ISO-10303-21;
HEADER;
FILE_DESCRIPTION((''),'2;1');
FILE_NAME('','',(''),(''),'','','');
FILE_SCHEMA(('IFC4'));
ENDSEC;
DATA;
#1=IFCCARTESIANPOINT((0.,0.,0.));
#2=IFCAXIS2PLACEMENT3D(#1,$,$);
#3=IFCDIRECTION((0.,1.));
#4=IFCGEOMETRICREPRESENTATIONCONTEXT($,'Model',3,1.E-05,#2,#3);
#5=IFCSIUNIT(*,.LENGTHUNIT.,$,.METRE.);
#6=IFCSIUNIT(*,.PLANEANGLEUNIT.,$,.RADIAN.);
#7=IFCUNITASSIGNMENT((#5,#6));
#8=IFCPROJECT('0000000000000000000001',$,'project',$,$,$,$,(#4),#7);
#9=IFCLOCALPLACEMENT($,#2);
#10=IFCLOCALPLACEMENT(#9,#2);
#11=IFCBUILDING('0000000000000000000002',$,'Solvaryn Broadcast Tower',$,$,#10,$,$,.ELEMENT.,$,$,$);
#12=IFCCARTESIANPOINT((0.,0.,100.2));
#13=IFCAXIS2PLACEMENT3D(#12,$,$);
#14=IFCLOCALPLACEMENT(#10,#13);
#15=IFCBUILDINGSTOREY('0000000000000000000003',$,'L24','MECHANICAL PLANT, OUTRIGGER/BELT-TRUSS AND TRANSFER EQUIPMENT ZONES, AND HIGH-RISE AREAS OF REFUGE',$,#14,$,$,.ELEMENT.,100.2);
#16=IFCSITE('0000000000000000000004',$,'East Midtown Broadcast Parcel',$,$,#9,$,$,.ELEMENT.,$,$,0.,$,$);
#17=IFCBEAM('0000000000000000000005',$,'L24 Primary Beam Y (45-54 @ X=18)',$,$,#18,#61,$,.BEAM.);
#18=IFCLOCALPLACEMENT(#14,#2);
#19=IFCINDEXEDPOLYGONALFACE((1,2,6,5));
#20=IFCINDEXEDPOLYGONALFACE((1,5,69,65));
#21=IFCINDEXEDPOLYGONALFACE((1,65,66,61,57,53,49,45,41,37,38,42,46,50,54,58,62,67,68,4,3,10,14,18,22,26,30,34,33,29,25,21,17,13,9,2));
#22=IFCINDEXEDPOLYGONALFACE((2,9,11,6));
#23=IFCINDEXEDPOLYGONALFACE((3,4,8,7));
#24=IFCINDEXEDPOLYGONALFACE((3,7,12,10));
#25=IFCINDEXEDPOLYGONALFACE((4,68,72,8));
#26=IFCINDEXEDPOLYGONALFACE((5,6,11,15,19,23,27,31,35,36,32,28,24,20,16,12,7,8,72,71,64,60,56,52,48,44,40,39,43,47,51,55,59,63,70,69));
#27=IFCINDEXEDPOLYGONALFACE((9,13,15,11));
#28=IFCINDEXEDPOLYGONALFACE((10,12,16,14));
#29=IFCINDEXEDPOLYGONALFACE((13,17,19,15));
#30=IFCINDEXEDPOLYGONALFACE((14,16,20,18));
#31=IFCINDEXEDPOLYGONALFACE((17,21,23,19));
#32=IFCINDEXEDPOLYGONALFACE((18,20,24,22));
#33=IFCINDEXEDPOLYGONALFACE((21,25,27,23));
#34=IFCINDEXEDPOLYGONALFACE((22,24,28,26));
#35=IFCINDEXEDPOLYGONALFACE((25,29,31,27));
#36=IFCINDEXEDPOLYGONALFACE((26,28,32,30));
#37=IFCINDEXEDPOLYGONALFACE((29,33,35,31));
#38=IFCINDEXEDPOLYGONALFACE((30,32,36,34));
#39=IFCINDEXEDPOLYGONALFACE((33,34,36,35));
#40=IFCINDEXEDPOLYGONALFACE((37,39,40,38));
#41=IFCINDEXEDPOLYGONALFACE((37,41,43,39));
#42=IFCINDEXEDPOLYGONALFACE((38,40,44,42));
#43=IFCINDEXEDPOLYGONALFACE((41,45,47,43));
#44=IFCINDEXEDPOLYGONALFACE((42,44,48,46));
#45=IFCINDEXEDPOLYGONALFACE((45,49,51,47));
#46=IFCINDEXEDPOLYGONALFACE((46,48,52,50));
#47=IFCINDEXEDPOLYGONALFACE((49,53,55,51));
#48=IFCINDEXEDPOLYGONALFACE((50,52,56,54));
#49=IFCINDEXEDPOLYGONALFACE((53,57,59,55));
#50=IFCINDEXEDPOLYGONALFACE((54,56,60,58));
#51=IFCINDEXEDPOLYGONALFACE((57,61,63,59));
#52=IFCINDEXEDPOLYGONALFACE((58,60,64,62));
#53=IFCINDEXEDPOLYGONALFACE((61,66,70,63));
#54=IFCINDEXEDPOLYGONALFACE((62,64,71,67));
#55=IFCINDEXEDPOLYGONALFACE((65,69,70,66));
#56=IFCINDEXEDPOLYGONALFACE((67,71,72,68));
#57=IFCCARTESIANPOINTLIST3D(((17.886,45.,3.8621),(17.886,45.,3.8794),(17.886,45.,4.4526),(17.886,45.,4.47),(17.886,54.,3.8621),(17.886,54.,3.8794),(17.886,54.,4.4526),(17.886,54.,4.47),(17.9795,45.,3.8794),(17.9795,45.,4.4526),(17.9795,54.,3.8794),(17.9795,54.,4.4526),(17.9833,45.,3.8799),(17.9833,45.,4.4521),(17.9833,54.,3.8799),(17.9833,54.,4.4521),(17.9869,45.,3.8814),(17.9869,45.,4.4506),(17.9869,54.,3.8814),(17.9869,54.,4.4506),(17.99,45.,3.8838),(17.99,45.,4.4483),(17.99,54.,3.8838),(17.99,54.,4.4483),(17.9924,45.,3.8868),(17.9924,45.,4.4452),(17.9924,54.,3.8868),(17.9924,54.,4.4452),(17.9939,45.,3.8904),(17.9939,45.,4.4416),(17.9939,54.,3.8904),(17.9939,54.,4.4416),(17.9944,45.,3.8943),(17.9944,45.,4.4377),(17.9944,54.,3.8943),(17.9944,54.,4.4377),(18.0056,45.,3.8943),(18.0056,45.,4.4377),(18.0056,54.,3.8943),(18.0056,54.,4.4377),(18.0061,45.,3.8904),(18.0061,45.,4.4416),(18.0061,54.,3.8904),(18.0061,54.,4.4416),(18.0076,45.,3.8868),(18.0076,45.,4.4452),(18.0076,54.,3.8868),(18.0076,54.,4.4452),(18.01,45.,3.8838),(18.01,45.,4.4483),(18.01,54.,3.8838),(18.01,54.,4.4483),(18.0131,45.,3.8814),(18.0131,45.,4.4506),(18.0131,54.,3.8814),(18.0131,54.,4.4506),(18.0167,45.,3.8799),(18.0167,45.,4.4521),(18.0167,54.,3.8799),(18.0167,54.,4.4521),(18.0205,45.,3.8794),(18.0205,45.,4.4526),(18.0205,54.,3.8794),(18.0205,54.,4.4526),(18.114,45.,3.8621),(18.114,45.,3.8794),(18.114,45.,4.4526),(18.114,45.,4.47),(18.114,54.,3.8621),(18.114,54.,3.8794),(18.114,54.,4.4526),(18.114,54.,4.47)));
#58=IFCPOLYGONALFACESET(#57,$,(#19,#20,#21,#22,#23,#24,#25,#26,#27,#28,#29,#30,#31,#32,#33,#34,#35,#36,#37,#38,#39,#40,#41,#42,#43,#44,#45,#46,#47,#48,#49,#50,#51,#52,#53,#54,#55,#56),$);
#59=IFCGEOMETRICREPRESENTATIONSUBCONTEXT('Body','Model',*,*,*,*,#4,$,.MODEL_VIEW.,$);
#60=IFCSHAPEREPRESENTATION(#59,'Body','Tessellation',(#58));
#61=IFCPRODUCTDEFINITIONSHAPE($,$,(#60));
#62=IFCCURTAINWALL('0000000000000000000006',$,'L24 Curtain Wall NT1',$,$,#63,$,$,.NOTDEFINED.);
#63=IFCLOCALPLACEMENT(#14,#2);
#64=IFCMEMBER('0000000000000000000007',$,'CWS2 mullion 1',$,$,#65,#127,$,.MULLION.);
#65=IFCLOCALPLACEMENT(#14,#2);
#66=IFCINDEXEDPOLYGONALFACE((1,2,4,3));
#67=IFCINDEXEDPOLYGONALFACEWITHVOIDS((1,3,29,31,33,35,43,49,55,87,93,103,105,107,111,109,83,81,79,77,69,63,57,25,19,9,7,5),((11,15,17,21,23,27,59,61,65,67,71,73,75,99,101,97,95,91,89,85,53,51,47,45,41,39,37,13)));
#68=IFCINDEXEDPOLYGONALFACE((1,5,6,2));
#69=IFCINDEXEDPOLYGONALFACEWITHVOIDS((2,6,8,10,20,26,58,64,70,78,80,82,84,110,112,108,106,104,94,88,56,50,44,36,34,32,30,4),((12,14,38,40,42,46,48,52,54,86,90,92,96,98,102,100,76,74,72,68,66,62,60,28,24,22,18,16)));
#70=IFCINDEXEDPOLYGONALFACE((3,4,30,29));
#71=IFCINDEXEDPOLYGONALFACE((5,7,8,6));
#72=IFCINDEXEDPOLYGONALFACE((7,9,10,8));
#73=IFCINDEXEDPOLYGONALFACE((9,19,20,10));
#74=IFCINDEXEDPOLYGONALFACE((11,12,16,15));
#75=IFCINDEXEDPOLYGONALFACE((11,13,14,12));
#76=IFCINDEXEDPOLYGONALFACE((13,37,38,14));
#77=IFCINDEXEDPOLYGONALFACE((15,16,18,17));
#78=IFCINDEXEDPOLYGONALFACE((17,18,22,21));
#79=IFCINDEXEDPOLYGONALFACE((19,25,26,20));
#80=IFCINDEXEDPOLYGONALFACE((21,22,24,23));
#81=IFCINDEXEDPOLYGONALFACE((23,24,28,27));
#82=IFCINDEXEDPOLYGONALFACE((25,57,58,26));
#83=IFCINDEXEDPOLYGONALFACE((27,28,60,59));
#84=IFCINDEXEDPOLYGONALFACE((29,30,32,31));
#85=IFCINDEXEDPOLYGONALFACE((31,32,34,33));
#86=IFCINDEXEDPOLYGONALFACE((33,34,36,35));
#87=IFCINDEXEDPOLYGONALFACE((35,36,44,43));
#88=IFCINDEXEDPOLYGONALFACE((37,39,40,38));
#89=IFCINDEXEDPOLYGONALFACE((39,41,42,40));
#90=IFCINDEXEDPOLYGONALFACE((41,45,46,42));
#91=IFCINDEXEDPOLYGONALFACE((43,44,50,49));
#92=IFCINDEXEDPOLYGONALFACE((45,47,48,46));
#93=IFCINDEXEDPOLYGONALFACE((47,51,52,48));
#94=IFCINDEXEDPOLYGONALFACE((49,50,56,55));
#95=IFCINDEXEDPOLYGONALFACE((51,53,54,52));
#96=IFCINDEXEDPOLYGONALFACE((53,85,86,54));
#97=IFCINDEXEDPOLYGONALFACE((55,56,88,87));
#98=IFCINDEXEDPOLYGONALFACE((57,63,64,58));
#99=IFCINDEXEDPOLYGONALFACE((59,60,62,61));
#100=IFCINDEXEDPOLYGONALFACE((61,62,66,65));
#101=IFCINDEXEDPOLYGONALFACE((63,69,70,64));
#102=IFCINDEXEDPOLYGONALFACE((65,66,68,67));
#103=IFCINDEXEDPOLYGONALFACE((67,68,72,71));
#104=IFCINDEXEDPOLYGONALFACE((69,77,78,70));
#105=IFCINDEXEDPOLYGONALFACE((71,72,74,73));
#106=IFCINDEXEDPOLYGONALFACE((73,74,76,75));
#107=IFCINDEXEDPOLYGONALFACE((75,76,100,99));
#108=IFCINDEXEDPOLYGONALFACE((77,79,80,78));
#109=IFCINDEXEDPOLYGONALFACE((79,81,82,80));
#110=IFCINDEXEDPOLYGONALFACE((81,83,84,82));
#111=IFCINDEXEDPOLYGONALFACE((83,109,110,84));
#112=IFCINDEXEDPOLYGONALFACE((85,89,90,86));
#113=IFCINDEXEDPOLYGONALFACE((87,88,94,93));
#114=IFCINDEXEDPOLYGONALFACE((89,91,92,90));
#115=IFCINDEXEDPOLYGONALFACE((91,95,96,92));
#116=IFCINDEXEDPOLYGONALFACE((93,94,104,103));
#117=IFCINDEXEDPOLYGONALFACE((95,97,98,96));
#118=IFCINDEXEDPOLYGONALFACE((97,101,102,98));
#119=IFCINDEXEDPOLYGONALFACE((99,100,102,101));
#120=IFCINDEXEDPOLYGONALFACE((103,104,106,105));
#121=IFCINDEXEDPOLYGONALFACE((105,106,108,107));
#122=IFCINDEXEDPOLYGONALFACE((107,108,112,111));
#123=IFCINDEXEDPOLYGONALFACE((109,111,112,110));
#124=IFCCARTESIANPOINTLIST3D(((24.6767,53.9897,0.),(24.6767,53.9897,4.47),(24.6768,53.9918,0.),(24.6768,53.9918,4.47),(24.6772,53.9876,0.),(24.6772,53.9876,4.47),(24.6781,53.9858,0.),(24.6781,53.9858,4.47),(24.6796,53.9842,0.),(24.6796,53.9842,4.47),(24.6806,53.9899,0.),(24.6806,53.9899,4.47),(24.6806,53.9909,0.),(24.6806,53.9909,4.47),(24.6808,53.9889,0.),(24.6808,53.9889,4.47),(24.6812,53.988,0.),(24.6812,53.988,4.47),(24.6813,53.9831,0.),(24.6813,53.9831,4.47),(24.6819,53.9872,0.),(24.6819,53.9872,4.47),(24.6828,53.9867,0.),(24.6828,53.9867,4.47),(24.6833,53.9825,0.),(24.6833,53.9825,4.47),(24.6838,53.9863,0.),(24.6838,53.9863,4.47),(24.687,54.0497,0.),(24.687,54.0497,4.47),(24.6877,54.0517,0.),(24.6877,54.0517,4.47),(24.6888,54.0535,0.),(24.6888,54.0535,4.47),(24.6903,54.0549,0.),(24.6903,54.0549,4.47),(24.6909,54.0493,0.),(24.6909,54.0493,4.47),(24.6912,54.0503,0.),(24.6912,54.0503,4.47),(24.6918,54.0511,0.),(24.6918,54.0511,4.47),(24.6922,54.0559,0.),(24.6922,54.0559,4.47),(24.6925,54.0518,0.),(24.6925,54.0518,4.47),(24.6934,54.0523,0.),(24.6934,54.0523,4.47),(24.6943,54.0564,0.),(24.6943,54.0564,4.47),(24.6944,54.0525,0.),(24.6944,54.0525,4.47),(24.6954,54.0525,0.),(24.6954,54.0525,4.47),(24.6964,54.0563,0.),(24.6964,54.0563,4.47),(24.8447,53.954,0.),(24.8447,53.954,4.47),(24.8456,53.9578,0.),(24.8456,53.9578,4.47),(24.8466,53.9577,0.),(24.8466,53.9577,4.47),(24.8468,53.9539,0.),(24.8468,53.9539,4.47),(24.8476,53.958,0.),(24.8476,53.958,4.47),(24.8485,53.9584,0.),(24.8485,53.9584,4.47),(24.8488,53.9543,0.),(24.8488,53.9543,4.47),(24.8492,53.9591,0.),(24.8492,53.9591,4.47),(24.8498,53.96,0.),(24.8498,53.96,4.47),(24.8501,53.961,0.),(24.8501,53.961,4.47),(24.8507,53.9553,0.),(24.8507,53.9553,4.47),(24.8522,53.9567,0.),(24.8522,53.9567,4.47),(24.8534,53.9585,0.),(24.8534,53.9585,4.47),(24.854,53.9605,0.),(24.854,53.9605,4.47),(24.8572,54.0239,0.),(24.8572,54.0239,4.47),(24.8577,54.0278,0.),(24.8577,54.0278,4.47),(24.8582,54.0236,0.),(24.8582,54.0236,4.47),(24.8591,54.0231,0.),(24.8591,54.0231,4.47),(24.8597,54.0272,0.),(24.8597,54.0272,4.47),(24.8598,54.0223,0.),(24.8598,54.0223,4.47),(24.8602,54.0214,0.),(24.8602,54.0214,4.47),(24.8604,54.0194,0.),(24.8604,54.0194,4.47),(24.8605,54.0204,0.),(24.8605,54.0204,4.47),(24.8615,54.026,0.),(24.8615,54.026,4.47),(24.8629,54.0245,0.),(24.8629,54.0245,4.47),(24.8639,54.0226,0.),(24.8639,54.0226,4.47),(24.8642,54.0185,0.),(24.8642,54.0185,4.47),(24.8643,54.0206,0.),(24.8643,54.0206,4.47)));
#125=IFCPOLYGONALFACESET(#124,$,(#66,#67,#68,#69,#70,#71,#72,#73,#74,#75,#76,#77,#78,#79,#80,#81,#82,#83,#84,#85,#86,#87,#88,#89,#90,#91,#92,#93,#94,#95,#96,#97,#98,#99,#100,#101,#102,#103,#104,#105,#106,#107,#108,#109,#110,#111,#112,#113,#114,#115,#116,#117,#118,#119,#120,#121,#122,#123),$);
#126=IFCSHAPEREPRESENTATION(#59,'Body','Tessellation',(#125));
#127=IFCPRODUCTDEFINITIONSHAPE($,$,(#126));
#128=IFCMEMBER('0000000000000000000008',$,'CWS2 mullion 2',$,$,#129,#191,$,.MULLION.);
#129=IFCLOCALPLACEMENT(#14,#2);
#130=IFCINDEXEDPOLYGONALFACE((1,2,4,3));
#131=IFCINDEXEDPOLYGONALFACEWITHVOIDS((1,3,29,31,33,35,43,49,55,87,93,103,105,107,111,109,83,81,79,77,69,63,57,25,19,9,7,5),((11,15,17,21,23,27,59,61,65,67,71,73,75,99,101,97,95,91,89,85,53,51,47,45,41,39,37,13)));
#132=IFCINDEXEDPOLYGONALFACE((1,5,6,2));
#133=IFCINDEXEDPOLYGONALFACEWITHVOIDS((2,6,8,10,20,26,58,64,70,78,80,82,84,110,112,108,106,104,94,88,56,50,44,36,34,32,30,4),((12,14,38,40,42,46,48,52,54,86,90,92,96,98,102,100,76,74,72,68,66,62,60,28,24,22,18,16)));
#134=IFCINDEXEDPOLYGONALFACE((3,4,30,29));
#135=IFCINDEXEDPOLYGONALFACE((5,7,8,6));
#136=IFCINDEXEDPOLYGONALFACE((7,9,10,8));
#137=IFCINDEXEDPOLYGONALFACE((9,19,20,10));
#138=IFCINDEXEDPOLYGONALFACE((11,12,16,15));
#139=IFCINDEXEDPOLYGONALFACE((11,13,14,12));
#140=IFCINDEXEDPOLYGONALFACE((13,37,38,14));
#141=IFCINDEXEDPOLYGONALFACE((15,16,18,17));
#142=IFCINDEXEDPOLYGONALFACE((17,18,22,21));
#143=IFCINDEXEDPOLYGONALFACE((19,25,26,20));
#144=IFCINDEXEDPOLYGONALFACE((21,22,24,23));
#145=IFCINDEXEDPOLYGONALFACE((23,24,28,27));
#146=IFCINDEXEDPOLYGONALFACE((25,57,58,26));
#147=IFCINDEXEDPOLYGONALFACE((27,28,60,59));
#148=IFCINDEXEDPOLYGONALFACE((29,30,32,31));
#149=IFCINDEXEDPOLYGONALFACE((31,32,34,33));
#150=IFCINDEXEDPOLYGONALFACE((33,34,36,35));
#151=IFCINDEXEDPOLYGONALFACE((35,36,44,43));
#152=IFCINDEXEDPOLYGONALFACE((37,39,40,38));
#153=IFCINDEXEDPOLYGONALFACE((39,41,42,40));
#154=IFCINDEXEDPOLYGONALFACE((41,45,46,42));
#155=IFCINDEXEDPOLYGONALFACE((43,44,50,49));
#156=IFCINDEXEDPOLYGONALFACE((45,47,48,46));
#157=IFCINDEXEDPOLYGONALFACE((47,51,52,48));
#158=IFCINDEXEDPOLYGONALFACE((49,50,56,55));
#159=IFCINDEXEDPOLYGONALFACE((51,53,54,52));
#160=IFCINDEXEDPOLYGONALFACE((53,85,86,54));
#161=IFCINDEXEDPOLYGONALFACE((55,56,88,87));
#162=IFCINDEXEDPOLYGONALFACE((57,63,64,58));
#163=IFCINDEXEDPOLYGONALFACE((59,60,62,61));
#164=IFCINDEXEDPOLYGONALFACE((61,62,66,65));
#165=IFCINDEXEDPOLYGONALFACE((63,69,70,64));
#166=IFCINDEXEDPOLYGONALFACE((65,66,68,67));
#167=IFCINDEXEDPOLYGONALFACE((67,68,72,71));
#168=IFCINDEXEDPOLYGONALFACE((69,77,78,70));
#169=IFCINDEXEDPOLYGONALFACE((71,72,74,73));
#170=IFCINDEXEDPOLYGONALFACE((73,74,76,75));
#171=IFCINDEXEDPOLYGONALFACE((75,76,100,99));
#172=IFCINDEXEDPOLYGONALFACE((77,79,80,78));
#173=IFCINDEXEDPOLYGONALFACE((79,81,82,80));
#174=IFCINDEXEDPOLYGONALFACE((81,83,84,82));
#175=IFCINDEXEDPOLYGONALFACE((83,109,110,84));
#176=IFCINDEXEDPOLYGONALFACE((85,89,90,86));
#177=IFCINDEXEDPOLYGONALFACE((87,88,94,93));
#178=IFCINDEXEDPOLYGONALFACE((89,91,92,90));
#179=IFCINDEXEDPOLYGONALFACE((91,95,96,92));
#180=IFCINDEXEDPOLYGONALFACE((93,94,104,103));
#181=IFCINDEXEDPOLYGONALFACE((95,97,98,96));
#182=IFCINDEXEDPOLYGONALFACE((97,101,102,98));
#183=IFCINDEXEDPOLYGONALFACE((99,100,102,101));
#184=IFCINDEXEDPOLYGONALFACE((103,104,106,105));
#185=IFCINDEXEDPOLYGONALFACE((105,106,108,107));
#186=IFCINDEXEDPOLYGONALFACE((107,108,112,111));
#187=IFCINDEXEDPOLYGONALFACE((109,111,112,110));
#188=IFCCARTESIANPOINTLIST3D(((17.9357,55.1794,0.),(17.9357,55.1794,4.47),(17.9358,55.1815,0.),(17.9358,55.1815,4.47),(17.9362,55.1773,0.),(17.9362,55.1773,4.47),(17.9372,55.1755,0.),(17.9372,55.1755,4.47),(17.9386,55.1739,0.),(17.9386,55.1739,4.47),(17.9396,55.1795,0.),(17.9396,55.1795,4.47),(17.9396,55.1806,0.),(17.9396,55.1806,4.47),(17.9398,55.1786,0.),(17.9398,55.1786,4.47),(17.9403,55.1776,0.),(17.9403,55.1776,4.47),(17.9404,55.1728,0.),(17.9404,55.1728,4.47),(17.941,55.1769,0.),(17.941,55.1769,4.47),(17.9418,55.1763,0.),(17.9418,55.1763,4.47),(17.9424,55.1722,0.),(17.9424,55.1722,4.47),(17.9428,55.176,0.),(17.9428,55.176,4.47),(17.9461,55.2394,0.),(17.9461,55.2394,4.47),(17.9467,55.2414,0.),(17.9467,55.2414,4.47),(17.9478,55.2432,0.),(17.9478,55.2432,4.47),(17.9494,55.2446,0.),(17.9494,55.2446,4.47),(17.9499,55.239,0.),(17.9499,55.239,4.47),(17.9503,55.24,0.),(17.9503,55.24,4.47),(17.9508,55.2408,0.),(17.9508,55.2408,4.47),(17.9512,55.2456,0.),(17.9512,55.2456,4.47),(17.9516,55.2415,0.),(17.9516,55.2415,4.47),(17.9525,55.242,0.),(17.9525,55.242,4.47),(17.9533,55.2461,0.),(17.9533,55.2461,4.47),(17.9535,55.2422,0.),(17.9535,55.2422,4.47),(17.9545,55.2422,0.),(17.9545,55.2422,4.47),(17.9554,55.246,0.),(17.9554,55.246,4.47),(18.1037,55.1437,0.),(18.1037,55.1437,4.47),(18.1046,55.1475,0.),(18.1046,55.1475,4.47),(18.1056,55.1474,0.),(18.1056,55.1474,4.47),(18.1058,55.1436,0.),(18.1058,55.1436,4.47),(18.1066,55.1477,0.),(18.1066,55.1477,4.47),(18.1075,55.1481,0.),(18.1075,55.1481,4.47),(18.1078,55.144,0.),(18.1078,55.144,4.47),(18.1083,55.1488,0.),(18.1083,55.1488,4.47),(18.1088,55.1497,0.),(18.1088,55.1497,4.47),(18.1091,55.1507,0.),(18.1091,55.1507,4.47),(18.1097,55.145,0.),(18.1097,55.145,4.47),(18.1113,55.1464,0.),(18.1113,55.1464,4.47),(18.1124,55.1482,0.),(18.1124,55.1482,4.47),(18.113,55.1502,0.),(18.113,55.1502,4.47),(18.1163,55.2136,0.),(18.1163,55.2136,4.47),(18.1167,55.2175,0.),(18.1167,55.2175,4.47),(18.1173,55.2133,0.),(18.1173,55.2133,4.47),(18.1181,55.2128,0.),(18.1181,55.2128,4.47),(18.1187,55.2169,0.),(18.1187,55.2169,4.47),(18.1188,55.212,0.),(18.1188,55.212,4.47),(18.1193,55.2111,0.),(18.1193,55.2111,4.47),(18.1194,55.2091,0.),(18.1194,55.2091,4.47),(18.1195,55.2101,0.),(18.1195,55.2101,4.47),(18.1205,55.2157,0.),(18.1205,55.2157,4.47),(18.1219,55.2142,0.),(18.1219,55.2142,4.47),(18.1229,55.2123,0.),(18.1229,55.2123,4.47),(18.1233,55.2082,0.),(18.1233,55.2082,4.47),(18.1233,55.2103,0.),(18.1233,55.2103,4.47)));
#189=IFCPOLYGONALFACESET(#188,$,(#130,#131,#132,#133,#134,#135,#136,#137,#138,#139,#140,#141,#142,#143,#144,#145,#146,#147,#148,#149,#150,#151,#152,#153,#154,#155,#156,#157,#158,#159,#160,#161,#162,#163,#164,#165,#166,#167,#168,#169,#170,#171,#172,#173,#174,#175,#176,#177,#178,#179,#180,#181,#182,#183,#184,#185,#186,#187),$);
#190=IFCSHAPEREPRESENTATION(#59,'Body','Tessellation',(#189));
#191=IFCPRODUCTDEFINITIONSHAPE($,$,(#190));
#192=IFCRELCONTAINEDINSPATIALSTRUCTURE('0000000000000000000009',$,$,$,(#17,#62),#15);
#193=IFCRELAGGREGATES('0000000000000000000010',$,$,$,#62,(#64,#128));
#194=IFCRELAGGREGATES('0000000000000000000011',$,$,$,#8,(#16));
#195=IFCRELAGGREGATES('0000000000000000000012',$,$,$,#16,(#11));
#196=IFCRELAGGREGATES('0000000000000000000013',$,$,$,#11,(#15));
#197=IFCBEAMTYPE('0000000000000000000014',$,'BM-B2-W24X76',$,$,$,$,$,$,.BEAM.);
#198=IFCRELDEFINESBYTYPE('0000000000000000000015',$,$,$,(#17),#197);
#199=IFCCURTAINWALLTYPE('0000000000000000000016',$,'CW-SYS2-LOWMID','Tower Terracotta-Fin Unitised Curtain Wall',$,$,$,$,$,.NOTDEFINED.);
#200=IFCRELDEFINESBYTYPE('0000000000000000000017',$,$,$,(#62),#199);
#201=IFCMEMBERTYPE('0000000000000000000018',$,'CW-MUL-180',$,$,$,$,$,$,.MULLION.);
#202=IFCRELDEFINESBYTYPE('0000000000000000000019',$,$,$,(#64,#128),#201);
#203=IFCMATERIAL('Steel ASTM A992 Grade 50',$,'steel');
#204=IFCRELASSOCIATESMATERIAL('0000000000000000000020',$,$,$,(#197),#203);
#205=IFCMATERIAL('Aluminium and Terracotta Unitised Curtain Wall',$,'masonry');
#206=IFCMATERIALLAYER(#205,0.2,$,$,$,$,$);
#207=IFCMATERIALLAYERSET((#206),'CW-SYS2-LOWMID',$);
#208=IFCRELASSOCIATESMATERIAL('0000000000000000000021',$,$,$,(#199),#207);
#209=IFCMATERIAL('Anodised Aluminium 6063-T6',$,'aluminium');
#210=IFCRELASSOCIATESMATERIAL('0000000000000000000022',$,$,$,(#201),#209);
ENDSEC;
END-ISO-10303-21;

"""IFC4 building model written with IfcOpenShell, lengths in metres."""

from ifc_helpers import new_model, si_unit, direction, frame, origin, origin_2d, place, context, subcontext, project, spatial, hollow_rectangle, i_section, extrude, material, layer, layer_set, material_profile, profile_set, type_object, element, aggregate, save


model = new_model("IFC4")

# Units and contexts
model_context = context("Model", 3, precision=1e-05, world=origin(), true_north=direction((0.0, 1.0)))
body_context = subcontext(model_context, "Body", "Model", "MODEL_VIEW")
ifc_project = project(units=[si_unit("LENGTHUNIT", "METRE"), si_unit("PLANEANGLEUNIT", "RADIAN")], contexts=[model_context])

# Site, building, storey
site_placement = place(None, origin())
site = spatial("IfcSite", under=ifc_project, at=site_placement, Name="East Midtown Broadcast Parcel", CompositionType="ELEMENT", RefElevation=0.0)
building_placement = place(site_placement, origin())
building = spatial("IfcBuilding", under=site, at=building_placement, Name="Solvaryn Broadcast Tower", CompositionType="ELEMENT")
storey_placement = place(building_placement, frame((0.0, 0.0, 100.2)))
storey = spatial("IfcBuildingStorey", under=building, at=storey_placement, Name="L24", Description="MECHANICAL PLANT, OUTRIGGER/BELT-TRUSS AND TRANSFER EQUIPMENT ZONES, AND HIGH-RISE AREAS OF REFUGE", CompositionType="ELEMENT", Elevation=100.2)

# Beam
ifc_material_1 = material(Name="Steel ASTM A992 Grade 50", Category="steel")
ifc_material_profile_1 = material_profile(ifc_material_1, i_section(OverallWidth=0.228, OverallDepth=0.6079, WebThickness=0.0112, FlangeThickness=0.0173, FilletRadius=0.0149, at=origin_2d()))
ifc_profile_set_1 = profile_set([ifc_material_profile_1], Name="Steel ASTM A992 Grade 50")
beam_type_1 = type_object("IfcBeamType", Name="BM-B2-W24X76", PredefinedType="BEAM", material=ifc_profile_set_1)
beam_1_placement = place(storey_placement, frame((18.0, 45.0, 4.166), z_axis=(0.0, 1.0, 0.0), x_axis=(-1.0, 0.0, 0.0)))
element("IfcBeam", 1, at=beam_1_placement, inside=storey, type_object=beam_type_1, Name="L24 Primary Beam Y (45-54 @ X=18)", PredefinedType="BEAM", context=body_context, shape_type="SweptSolid", body=[
    extrude(i_section(OverallWidth=0.228, OverallDepth=0.6079, WebThickness=0.0112, FlangeThickness=0.0173, FilletRadius=0.0149, at=origin_2d()), origin(), (0.0, 0.0, 1.0), 9.0),
])

# Curtain wall, members
ifc_material_2 = material(Name="Aluminium and Terracotta Unitised Curtain Wall", Category="masonry")
ifc_layer_1 = layer(ifc_material_2, 0.2)
ifc_layer_set_1 = layer_set([ifc_layer_1], Name="CW-SYS2-LOWMID")
curtain_wall_type = type_object("IfcCurtainWallType", Name="CW-SYS2-LOWMID", Description="Tower Terracotta-Fin Unitised Curtain Wall", PredefinedType="NOTDEFINED", material=ifc_layer_set_1)
curtain_wall_1_placement = place(storey_placement, origin())
curtain_wall_1 = element("IfcCurtainWall", 2, at=curtain_wall_1_placement, inside=storey, type_object=curtain_wall_type, Name="L24 Curtain Wall NT1", PredefinedType="NOTDEFINED")
ifc_material_3 = material(Name="Anodised Aluminium 6063-T6", Category="aluminium")
ifc_material_profile_2 = material_profile(ifc_material_3, hollow_rectangle(XDim=0.075, YDim=0.1799, WallThickness=0.0039, InnerFilletRadius=0.0039, OuterFilletRadius=0.0081, at=origin_2d()))
ifc_profile_set_2 = profile_set([ifc_material_profile_2], Name="Anodised Aluminium 6063-T6")
member_type_1 = type_object("IfcMemberType", Name="CW-MUL-180", PredefinedType="MULLION", material=ifc_profile_set_2)
member_1_placement = place(storey_placement, frame((24.7705, 54.0051, 0.0), z_axis=(0.0, 0.0, 1.0), x_axis=(-0.173785, -0.984784, 0.0)))
member_1 = element("IfcMember", 3, at=member_1_placement, type_object=member_type_1, Name="CWS2 mullion 1", PredefinedType="MULLION", context=body_context, shape_type="SweptSolid", body=[
    extrude(hollow_rectangle(XDim=0.075, YDim=0.1799, WallThickness=0.0039, InnerFilletRadius=0.0039, OuterFilletRadius=0.0081, at=origin_2d()), origin(), (0.0, 0.0, 1.0), 4.47),
])
member_2_placement = place(storey_placement, frame((18.0295, 55.1948, 0.0), z_axis=(0.0, 0.0, 1.0), x_axis=(-0.173785, -0.984784, 0.0)))
member_2 = element("IfcMember", 4, at=member_2_placement, type_object=member_type_1, Name="CWS2 mullion 2", PredefinedType="MULLION", context=body_context, shape_type="SweptSolid", body=[
    extrude(hollow_rectangle(XDim=0.075, YDim=0.1799, WallThickness=0.0039, InnerFilletRadius=0.0039, OuterFilletRadius=0.0081, at=origin_2d()), origin(), (0.0, 0.0, 1.0), 4.47),
])

aggregate(curtain_wall_1, [member_1, member_2])

save(model, "model.ifc")
